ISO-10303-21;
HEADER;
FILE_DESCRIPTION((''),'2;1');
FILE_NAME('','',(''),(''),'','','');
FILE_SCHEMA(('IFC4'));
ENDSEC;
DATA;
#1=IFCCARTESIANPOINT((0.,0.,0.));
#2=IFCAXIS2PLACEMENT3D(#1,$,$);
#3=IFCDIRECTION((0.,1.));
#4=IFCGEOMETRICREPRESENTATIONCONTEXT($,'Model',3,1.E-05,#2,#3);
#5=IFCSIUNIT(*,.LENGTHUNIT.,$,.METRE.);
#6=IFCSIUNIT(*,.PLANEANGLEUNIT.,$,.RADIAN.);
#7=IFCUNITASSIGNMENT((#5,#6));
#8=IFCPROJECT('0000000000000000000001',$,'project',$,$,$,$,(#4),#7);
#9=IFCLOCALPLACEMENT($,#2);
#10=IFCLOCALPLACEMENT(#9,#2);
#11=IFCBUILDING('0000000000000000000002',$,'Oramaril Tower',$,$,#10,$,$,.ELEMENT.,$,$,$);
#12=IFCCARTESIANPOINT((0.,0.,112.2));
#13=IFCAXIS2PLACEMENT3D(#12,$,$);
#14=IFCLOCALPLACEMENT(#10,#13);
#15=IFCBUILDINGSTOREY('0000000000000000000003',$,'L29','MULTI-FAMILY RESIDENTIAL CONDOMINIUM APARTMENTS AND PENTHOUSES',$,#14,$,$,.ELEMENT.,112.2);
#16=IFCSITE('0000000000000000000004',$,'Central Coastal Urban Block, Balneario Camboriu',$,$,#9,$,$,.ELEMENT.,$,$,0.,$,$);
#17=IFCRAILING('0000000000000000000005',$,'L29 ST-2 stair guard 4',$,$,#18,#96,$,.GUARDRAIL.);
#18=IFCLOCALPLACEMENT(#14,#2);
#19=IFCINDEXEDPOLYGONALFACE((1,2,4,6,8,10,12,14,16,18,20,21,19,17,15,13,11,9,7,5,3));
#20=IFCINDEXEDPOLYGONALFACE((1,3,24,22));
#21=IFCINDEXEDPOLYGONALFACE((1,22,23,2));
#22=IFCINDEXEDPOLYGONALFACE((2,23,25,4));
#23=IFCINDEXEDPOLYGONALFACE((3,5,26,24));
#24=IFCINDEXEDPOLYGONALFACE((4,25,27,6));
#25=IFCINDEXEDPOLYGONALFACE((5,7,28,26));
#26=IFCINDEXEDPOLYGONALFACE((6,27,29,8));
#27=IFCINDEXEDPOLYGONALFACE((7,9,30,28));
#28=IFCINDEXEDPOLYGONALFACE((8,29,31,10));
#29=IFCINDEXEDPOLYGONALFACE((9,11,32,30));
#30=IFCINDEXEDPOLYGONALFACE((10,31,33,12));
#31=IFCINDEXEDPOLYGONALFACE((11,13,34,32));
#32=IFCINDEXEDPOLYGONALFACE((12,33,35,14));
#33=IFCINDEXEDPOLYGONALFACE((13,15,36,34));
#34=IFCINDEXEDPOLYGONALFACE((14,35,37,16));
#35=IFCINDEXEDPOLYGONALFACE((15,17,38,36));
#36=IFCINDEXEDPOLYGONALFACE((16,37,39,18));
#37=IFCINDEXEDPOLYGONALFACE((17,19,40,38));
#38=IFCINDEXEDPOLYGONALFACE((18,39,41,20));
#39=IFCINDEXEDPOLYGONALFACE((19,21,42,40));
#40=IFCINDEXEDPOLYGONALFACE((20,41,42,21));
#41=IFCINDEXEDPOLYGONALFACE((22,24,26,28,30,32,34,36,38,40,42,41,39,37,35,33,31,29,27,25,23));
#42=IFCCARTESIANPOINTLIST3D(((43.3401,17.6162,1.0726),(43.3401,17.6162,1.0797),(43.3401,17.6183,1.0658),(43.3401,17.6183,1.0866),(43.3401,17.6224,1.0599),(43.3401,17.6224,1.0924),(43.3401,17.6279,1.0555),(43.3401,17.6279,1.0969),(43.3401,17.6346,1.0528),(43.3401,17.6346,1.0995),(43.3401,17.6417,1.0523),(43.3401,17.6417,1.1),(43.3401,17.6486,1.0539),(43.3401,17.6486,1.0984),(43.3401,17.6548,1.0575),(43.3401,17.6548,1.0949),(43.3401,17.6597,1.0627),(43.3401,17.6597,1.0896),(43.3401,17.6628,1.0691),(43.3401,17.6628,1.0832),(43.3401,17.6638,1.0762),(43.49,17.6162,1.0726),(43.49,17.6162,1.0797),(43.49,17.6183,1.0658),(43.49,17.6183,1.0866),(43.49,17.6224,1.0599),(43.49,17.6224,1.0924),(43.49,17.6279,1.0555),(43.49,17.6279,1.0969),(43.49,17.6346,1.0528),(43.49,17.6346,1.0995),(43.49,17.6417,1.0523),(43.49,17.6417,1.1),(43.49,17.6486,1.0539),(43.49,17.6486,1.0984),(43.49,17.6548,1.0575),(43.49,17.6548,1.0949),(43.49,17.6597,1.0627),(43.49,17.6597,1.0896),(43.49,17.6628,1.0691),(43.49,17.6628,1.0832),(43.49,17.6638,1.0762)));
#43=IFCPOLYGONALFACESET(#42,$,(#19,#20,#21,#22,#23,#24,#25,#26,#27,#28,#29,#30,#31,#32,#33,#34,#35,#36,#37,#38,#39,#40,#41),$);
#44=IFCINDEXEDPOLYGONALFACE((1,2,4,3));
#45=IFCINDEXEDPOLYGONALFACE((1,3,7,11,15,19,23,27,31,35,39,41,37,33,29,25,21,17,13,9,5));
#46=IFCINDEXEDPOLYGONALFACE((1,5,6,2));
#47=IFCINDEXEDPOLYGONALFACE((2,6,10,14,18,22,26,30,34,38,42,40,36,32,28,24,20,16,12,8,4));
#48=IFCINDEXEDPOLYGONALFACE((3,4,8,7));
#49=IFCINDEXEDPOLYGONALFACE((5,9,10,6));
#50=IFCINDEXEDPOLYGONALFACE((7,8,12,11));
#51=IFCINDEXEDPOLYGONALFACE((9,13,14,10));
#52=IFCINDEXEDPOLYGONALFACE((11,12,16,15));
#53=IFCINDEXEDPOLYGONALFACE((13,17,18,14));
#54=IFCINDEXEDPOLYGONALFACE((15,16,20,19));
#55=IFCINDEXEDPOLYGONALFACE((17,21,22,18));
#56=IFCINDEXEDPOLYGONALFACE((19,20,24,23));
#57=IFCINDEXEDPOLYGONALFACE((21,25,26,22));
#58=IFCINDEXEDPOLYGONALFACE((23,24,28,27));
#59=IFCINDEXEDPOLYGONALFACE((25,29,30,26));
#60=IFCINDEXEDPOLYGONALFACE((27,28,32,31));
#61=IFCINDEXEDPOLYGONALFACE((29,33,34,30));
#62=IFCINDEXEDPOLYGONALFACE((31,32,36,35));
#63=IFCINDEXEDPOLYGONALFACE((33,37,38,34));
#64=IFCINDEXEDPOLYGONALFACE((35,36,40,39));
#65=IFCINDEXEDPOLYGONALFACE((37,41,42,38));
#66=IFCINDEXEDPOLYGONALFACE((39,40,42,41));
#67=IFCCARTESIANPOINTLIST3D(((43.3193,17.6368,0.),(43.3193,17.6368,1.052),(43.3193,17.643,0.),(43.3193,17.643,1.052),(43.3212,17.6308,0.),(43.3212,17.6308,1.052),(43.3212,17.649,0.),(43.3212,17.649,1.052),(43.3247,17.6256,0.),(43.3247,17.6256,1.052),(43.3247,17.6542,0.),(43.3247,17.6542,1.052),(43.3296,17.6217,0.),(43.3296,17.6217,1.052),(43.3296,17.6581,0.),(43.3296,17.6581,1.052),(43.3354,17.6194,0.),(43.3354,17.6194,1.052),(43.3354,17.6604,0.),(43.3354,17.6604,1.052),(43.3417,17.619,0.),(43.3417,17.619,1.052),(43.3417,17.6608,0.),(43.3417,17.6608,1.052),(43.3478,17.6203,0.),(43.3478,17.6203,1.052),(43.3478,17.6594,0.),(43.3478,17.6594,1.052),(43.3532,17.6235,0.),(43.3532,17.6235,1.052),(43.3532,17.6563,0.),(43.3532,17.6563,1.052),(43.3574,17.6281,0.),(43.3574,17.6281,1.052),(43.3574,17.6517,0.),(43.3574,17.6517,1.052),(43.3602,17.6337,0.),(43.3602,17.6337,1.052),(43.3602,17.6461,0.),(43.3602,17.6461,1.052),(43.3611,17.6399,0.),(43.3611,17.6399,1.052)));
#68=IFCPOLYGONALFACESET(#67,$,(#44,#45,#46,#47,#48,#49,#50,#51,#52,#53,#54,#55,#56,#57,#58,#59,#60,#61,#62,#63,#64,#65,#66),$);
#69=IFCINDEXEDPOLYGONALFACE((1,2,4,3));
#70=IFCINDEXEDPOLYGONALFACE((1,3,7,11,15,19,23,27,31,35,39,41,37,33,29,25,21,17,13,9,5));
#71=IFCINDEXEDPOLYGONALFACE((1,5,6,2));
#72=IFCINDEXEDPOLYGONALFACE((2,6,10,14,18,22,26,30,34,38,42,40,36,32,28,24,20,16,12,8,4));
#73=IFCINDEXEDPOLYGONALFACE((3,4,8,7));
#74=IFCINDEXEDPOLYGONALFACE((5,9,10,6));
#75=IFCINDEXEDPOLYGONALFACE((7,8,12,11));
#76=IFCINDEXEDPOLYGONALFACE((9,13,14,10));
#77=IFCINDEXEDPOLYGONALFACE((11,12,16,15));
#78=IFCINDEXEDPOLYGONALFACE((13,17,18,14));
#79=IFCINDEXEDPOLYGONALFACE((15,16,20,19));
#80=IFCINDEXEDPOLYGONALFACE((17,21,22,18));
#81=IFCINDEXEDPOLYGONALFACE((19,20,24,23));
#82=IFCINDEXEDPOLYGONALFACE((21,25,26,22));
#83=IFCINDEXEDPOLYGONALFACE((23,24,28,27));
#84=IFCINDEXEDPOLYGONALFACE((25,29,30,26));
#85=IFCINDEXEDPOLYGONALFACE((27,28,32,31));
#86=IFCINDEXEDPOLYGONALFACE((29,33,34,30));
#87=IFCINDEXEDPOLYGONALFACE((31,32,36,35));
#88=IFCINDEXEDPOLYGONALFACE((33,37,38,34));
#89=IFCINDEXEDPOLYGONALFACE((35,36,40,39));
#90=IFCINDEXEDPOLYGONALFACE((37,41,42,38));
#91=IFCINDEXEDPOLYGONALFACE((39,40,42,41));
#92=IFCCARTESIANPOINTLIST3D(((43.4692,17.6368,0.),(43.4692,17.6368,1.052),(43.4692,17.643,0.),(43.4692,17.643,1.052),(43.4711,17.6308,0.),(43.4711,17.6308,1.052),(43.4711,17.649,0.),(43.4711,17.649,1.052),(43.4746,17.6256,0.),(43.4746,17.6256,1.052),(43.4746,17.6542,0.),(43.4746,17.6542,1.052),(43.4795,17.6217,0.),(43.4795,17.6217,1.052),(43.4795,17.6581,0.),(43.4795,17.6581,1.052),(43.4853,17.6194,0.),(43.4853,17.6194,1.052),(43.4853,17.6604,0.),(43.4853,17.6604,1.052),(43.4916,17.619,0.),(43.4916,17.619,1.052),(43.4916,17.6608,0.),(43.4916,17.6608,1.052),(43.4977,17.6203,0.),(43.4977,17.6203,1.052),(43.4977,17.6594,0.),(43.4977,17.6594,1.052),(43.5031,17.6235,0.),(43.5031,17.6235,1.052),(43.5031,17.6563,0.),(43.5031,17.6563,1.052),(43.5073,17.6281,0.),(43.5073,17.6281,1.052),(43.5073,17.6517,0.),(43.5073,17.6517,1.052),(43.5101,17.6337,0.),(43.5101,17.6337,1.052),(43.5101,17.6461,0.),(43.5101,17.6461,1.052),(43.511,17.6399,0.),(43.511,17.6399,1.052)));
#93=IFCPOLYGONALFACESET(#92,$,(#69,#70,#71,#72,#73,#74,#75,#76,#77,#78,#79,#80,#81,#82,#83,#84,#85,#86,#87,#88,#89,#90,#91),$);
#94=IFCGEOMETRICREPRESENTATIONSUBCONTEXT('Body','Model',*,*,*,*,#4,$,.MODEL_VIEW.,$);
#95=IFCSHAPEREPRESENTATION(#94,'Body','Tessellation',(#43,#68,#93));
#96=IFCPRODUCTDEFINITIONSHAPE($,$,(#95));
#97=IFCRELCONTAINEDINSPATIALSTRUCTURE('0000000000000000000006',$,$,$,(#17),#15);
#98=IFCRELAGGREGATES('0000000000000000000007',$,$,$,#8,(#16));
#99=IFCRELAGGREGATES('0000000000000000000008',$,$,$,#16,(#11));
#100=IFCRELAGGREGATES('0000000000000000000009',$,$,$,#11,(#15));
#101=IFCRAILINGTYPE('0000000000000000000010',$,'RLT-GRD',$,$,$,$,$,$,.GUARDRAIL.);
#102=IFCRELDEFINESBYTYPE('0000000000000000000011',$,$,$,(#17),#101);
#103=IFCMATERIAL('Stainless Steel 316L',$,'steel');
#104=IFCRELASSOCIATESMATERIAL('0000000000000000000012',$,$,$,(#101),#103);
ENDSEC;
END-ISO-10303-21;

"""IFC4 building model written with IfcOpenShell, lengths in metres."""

from ifc_helpers import new_model, si_unit, direction, frame, origin, origin_2d, place, context, subcontext, project, spatial, circle, extrude, material, type_object, element, save


model = new_model("IFC4")

# Units and contexts
model_context = context("Model", 3, precision=1e-05, world=origin(), true_north=direction((0.0, 1.0)))
body_context = subcontext(model_context, "Body", "Model", "MODEL_VIEW")
ifc_project = project(units=[si_unit("LENGTHUNIT", "METRE"), si_unit("PLANEANGLEUNIT", "RADIAN")], contexts=[model_context])

# Site, building, storey
site_placement = place(None, origin())
site = spatial("IfcSite", under=ifc_project, at=site_placement, Name="Central Coastal Urban Block, Balneario Camboriu", CompositionType="ELEMENT", RefElevation=0.0)
building_placement = place(site_placement, origin())
building = spatial("IfcBuilding", under=site, at=building_placement, Name="Oramaril Tower", CompositionType="ELEMENT")
storey_placement = place(building_placement, frame((0.0, 0.0, 112.2)))
storey = spatial("IfcBuildingStorey", under=building, at=storey_placement, Name="L29", Description="MULTI-FAMILY RESIDENTIAL CONDOMINIUM APARTMENTS AND PENTHOUSES", CompositionType="ELEMENT", Elevation=112.2)

# Railing
ifc_material_1 = material(Name="Stainless Steel 316L", Category="steel")
railing_type = type_object("IfcRailingType", Name="RLT-GRD", PredefinedType="GUARDRAIL", material=ifc_material_1)
railing_1_placement = place(storey_placement, frame((43.3401, 17.6399, 0.0)))
element("IfcRailing", 1, at=railing_1_placement, inside=storey, type_object=railing_type, Name="L29 ST-2 stair guard 4", PredefinedType="GUARDRAIL", context=body_context, shape_type="SweptSolid", body=[
    extrude(circle(Radius=0.0239, at=origin_2d()), frame((0.0, 0.0, 1.0762), z_axis=(1.0, 0.0, 0.0), x_axis=(0.0, 1.0, 0.0)), (0.0, 0.0, 1.0), 0.1499),
    extrude(circle(Radius=0.021, at=origin_2d()), origin(), (0.0, 0.0, 1.0), 1.052),
    extrude(circle(Radius=0.021, at=origin_2d()), frame((0.1499, 0.0, 0.0)), (0.0, 0.0, 1.0), 1.052),
])

save(model, "model.ifc")
